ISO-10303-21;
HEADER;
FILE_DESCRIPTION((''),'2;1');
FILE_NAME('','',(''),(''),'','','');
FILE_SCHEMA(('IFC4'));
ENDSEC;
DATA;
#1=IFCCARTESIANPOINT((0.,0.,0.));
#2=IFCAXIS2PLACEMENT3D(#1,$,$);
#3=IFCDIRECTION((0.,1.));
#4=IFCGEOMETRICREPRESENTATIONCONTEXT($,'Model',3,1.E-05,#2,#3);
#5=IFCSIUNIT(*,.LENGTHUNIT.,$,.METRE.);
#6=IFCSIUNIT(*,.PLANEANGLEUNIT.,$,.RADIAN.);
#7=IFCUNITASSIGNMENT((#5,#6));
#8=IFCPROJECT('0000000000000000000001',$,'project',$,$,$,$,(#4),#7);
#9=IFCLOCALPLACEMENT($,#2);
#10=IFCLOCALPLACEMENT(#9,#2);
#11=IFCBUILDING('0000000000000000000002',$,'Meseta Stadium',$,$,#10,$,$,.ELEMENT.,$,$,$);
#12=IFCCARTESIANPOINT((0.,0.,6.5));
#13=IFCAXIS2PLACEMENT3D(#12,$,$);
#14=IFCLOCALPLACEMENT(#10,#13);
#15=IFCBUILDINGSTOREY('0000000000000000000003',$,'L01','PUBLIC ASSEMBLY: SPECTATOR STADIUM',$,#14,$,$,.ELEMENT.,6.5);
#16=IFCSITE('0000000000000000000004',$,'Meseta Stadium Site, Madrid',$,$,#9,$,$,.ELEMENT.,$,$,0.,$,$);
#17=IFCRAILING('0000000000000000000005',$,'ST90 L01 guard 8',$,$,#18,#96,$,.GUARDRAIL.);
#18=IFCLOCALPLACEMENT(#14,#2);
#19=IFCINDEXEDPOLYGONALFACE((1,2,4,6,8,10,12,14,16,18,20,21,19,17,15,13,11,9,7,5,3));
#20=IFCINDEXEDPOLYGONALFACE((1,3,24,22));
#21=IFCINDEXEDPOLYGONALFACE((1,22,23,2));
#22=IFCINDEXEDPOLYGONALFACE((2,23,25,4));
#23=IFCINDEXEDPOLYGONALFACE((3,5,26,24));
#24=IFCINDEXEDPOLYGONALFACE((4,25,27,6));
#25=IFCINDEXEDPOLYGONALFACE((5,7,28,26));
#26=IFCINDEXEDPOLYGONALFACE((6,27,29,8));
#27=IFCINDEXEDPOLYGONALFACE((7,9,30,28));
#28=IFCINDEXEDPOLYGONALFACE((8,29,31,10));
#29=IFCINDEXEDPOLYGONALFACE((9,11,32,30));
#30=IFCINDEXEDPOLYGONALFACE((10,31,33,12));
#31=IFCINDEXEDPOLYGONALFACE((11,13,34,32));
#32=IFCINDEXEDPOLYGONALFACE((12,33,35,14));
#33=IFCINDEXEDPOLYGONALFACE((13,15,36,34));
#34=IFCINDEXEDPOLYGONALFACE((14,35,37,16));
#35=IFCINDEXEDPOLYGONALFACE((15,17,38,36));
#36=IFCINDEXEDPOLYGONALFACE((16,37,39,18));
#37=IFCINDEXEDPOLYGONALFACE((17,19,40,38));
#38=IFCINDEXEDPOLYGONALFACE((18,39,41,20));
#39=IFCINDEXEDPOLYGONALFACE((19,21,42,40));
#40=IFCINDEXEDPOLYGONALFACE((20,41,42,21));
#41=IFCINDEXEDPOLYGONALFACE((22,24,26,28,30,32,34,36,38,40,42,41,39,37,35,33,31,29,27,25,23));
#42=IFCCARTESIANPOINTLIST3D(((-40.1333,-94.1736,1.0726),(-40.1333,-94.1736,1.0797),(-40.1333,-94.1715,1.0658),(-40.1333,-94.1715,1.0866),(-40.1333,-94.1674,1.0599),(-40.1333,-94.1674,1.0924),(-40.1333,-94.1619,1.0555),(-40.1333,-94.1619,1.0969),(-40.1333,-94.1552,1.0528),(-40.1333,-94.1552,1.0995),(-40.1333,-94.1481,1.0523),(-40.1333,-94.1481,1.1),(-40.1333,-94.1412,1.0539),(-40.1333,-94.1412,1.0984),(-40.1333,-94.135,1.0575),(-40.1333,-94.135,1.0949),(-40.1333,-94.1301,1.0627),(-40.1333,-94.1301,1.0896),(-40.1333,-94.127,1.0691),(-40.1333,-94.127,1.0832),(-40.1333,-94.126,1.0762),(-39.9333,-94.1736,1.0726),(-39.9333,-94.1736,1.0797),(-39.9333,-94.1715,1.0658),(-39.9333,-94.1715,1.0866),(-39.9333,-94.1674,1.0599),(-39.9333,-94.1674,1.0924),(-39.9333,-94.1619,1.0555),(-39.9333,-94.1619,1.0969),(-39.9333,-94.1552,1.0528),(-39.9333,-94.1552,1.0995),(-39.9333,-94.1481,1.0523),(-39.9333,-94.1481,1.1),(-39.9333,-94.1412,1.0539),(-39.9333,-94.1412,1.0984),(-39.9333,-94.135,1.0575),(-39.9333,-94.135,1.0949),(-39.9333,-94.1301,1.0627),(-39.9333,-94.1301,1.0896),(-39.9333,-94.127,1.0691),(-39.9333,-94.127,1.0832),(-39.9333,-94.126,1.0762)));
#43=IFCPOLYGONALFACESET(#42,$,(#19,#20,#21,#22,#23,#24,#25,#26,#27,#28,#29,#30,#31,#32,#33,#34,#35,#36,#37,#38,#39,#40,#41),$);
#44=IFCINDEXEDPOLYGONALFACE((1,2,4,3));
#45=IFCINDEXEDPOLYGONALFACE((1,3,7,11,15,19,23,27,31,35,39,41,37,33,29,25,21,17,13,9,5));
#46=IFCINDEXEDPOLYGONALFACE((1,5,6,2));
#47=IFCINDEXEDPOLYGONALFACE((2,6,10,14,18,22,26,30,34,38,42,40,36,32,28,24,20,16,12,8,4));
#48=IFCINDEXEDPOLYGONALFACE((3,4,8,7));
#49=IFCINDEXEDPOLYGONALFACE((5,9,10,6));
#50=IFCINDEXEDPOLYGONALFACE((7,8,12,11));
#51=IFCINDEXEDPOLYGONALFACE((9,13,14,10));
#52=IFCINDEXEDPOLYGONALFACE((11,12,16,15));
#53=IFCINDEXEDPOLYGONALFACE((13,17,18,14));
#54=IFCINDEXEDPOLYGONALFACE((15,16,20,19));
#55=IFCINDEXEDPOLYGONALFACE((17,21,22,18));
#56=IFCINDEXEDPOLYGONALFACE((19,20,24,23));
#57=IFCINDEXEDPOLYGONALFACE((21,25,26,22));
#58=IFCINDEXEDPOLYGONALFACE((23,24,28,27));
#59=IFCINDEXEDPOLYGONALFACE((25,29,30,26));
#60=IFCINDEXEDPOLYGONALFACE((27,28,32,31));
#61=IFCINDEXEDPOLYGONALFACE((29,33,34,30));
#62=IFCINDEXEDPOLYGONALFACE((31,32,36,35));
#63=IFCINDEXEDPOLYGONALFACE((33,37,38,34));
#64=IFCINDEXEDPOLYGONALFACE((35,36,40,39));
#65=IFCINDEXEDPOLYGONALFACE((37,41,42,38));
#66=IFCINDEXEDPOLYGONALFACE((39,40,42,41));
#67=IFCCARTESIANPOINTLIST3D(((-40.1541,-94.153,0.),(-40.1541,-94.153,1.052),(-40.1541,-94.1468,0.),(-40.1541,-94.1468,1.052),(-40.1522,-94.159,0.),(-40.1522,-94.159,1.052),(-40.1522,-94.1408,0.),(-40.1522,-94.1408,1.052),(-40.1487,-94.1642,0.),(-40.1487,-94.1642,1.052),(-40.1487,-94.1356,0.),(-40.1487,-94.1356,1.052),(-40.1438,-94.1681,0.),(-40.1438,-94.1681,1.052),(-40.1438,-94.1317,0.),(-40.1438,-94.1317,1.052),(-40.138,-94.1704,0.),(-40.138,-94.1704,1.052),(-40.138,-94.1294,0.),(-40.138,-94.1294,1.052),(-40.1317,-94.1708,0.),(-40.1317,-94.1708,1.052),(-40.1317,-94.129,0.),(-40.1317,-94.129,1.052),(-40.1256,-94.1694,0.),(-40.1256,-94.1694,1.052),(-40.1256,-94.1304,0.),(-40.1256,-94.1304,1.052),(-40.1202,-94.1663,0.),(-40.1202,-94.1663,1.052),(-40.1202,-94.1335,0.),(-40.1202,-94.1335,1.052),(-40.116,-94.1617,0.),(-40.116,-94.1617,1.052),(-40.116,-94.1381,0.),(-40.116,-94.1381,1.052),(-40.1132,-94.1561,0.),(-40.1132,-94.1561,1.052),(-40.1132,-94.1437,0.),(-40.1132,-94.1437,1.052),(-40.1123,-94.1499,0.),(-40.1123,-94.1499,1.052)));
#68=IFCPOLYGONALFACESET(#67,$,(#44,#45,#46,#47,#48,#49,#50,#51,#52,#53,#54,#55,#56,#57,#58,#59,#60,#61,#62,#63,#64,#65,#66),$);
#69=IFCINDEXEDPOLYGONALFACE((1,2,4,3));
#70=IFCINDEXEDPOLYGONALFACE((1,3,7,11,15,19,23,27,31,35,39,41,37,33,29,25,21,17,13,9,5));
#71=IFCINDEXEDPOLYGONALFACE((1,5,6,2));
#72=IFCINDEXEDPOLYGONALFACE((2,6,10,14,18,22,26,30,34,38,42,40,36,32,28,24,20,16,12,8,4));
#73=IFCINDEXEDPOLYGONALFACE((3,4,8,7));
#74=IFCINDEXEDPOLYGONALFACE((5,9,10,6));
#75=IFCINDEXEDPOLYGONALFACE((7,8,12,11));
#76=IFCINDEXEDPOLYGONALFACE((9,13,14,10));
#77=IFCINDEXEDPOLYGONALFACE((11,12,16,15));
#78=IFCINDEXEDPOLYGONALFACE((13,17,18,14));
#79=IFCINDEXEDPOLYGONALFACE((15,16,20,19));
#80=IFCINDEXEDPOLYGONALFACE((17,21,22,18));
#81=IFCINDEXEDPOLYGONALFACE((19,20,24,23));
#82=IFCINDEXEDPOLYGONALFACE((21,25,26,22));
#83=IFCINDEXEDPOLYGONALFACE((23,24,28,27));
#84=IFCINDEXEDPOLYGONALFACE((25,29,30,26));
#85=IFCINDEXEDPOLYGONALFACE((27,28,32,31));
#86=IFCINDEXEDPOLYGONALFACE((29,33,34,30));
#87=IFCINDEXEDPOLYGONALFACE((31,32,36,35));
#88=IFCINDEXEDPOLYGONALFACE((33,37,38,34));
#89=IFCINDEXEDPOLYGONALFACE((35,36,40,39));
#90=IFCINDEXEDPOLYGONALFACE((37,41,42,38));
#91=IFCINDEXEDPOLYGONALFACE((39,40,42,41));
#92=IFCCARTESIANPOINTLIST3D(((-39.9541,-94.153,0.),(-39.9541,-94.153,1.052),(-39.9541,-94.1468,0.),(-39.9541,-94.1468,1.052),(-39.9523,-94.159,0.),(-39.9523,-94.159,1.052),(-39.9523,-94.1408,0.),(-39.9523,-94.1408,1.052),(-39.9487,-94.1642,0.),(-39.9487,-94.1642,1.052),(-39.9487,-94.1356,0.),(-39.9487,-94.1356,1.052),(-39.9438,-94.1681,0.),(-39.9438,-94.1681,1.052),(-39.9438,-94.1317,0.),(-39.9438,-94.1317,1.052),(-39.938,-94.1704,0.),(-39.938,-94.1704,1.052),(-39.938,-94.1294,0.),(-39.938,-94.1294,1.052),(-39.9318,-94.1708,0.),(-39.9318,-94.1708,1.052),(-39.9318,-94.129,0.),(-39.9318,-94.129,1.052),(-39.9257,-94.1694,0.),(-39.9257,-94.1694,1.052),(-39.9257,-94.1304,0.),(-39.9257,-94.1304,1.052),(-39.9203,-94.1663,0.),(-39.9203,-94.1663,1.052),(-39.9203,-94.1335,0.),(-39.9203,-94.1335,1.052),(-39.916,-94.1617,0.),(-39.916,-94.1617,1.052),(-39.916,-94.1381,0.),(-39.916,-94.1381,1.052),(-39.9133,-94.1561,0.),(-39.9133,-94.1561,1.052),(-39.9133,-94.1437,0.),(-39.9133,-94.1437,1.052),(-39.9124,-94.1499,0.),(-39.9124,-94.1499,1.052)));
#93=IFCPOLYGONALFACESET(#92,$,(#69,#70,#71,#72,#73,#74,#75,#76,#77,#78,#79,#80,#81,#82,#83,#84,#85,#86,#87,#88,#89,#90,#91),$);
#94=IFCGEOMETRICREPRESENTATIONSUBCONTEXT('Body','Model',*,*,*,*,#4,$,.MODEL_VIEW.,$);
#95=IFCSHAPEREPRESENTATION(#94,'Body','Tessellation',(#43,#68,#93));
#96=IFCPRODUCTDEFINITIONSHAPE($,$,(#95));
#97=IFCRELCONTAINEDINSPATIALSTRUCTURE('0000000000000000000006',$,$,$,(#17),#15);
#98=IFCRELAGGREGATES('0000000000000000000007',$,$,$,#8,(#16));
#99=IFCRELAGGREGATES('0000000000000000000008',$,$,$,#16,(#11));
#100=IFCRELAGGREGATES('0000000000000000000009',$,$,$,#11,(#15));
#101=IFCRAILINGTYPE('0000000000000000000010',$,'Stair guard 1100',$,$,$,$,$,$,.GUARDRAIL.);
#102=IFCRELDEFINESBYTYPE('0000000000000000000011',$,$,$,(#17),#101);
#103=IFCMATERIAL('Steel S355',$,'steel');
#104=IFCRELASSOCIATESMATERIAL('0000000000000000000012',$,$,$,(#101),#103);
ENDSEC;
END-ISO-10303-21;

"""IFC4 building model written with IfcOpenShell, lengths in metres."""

from ifc_helpers import new_model, si_unit, direction, frame, origin, origin_2d, place, context, subcontext, project, spatial, circle, extrude, material, type_object, element, save


model = new_model("IFC4")

# Units and contexts
model_context = context("Model", 3, precision=1e-05, world=origin(), true_north=direction((0.0, 1.0)))
body_context = subcontext(model_context, "Body", "Model", "MODEL_VIEW")
ifc_project = project(units=[si_unit("LENGTHUNIT", "METRE"), si_unit("PLANEANGLEUNIT", "RADIAN")], contexts=[model_context])

# Site, building, storey
site_placement = place(None, origin())
site = spatial("IfcSite", under=ifc_project, at=site_placement, Name="Meseta Stadium Site, Madrid", CompositionType="ELEMENT", RefElevation=0.0)
building_placement = place(site_placement, origin())
building = spatial("IfcBuilding", under=site, at=building_placement, Name="Meseta Stadium", CompositionType="ELEMENT")
storey_placement = place(building_placement, frame((0.0, 0.0, 6.5)))
storey = spatial("IfcBuildingStorey", under=building, at=storey_placement, Name="L01", Description="PUBLIC ASSEMBLY: SPECTATOR STADIUM", CompositionType="ELEMENT", Elevation=6.5)

# Railing
ifc_material_1 = material(Name="Steel S355", Category="steel")
railing_type_1 = type_object("IfcRailingType", Name="Stair guard 1100", PredefinedType="GUARDRAIL", material=ifc_material_1)
railing_1_placement = place(storey_placement, frame((-40.1333, -94.1499, 0.0)))
element("IfcRailing", 1, at=railing_1_placement, inside=storey, type_object=railing_type_1, Name="ST90 L01 guard 8", PredefinedType="GUARDRAIL", context=body_context, shape_type="SweptSolid", body=[
    extrude(circle(Radius=0.0239, at=origin_2d()), frame((0.0, 0.0, 1.0762), z_axis=(1.0, 0.0, 0.0), x_axis=(0.0, 1.0, 0.0)), (0.0, 0.0, 1.0), 0.2),
    extrude(circle(Radius=0.021, at=origin_2d()), origin(), (0.0, 0.0, 1.0), 1.052),
    extrude(circle(Radius=0.021, at=origin_2d()), frame((0.2, 0.0, 0.0)), (0.0, 0.0, 1.0), 1.052),
])

save(model, "model.ifc")
